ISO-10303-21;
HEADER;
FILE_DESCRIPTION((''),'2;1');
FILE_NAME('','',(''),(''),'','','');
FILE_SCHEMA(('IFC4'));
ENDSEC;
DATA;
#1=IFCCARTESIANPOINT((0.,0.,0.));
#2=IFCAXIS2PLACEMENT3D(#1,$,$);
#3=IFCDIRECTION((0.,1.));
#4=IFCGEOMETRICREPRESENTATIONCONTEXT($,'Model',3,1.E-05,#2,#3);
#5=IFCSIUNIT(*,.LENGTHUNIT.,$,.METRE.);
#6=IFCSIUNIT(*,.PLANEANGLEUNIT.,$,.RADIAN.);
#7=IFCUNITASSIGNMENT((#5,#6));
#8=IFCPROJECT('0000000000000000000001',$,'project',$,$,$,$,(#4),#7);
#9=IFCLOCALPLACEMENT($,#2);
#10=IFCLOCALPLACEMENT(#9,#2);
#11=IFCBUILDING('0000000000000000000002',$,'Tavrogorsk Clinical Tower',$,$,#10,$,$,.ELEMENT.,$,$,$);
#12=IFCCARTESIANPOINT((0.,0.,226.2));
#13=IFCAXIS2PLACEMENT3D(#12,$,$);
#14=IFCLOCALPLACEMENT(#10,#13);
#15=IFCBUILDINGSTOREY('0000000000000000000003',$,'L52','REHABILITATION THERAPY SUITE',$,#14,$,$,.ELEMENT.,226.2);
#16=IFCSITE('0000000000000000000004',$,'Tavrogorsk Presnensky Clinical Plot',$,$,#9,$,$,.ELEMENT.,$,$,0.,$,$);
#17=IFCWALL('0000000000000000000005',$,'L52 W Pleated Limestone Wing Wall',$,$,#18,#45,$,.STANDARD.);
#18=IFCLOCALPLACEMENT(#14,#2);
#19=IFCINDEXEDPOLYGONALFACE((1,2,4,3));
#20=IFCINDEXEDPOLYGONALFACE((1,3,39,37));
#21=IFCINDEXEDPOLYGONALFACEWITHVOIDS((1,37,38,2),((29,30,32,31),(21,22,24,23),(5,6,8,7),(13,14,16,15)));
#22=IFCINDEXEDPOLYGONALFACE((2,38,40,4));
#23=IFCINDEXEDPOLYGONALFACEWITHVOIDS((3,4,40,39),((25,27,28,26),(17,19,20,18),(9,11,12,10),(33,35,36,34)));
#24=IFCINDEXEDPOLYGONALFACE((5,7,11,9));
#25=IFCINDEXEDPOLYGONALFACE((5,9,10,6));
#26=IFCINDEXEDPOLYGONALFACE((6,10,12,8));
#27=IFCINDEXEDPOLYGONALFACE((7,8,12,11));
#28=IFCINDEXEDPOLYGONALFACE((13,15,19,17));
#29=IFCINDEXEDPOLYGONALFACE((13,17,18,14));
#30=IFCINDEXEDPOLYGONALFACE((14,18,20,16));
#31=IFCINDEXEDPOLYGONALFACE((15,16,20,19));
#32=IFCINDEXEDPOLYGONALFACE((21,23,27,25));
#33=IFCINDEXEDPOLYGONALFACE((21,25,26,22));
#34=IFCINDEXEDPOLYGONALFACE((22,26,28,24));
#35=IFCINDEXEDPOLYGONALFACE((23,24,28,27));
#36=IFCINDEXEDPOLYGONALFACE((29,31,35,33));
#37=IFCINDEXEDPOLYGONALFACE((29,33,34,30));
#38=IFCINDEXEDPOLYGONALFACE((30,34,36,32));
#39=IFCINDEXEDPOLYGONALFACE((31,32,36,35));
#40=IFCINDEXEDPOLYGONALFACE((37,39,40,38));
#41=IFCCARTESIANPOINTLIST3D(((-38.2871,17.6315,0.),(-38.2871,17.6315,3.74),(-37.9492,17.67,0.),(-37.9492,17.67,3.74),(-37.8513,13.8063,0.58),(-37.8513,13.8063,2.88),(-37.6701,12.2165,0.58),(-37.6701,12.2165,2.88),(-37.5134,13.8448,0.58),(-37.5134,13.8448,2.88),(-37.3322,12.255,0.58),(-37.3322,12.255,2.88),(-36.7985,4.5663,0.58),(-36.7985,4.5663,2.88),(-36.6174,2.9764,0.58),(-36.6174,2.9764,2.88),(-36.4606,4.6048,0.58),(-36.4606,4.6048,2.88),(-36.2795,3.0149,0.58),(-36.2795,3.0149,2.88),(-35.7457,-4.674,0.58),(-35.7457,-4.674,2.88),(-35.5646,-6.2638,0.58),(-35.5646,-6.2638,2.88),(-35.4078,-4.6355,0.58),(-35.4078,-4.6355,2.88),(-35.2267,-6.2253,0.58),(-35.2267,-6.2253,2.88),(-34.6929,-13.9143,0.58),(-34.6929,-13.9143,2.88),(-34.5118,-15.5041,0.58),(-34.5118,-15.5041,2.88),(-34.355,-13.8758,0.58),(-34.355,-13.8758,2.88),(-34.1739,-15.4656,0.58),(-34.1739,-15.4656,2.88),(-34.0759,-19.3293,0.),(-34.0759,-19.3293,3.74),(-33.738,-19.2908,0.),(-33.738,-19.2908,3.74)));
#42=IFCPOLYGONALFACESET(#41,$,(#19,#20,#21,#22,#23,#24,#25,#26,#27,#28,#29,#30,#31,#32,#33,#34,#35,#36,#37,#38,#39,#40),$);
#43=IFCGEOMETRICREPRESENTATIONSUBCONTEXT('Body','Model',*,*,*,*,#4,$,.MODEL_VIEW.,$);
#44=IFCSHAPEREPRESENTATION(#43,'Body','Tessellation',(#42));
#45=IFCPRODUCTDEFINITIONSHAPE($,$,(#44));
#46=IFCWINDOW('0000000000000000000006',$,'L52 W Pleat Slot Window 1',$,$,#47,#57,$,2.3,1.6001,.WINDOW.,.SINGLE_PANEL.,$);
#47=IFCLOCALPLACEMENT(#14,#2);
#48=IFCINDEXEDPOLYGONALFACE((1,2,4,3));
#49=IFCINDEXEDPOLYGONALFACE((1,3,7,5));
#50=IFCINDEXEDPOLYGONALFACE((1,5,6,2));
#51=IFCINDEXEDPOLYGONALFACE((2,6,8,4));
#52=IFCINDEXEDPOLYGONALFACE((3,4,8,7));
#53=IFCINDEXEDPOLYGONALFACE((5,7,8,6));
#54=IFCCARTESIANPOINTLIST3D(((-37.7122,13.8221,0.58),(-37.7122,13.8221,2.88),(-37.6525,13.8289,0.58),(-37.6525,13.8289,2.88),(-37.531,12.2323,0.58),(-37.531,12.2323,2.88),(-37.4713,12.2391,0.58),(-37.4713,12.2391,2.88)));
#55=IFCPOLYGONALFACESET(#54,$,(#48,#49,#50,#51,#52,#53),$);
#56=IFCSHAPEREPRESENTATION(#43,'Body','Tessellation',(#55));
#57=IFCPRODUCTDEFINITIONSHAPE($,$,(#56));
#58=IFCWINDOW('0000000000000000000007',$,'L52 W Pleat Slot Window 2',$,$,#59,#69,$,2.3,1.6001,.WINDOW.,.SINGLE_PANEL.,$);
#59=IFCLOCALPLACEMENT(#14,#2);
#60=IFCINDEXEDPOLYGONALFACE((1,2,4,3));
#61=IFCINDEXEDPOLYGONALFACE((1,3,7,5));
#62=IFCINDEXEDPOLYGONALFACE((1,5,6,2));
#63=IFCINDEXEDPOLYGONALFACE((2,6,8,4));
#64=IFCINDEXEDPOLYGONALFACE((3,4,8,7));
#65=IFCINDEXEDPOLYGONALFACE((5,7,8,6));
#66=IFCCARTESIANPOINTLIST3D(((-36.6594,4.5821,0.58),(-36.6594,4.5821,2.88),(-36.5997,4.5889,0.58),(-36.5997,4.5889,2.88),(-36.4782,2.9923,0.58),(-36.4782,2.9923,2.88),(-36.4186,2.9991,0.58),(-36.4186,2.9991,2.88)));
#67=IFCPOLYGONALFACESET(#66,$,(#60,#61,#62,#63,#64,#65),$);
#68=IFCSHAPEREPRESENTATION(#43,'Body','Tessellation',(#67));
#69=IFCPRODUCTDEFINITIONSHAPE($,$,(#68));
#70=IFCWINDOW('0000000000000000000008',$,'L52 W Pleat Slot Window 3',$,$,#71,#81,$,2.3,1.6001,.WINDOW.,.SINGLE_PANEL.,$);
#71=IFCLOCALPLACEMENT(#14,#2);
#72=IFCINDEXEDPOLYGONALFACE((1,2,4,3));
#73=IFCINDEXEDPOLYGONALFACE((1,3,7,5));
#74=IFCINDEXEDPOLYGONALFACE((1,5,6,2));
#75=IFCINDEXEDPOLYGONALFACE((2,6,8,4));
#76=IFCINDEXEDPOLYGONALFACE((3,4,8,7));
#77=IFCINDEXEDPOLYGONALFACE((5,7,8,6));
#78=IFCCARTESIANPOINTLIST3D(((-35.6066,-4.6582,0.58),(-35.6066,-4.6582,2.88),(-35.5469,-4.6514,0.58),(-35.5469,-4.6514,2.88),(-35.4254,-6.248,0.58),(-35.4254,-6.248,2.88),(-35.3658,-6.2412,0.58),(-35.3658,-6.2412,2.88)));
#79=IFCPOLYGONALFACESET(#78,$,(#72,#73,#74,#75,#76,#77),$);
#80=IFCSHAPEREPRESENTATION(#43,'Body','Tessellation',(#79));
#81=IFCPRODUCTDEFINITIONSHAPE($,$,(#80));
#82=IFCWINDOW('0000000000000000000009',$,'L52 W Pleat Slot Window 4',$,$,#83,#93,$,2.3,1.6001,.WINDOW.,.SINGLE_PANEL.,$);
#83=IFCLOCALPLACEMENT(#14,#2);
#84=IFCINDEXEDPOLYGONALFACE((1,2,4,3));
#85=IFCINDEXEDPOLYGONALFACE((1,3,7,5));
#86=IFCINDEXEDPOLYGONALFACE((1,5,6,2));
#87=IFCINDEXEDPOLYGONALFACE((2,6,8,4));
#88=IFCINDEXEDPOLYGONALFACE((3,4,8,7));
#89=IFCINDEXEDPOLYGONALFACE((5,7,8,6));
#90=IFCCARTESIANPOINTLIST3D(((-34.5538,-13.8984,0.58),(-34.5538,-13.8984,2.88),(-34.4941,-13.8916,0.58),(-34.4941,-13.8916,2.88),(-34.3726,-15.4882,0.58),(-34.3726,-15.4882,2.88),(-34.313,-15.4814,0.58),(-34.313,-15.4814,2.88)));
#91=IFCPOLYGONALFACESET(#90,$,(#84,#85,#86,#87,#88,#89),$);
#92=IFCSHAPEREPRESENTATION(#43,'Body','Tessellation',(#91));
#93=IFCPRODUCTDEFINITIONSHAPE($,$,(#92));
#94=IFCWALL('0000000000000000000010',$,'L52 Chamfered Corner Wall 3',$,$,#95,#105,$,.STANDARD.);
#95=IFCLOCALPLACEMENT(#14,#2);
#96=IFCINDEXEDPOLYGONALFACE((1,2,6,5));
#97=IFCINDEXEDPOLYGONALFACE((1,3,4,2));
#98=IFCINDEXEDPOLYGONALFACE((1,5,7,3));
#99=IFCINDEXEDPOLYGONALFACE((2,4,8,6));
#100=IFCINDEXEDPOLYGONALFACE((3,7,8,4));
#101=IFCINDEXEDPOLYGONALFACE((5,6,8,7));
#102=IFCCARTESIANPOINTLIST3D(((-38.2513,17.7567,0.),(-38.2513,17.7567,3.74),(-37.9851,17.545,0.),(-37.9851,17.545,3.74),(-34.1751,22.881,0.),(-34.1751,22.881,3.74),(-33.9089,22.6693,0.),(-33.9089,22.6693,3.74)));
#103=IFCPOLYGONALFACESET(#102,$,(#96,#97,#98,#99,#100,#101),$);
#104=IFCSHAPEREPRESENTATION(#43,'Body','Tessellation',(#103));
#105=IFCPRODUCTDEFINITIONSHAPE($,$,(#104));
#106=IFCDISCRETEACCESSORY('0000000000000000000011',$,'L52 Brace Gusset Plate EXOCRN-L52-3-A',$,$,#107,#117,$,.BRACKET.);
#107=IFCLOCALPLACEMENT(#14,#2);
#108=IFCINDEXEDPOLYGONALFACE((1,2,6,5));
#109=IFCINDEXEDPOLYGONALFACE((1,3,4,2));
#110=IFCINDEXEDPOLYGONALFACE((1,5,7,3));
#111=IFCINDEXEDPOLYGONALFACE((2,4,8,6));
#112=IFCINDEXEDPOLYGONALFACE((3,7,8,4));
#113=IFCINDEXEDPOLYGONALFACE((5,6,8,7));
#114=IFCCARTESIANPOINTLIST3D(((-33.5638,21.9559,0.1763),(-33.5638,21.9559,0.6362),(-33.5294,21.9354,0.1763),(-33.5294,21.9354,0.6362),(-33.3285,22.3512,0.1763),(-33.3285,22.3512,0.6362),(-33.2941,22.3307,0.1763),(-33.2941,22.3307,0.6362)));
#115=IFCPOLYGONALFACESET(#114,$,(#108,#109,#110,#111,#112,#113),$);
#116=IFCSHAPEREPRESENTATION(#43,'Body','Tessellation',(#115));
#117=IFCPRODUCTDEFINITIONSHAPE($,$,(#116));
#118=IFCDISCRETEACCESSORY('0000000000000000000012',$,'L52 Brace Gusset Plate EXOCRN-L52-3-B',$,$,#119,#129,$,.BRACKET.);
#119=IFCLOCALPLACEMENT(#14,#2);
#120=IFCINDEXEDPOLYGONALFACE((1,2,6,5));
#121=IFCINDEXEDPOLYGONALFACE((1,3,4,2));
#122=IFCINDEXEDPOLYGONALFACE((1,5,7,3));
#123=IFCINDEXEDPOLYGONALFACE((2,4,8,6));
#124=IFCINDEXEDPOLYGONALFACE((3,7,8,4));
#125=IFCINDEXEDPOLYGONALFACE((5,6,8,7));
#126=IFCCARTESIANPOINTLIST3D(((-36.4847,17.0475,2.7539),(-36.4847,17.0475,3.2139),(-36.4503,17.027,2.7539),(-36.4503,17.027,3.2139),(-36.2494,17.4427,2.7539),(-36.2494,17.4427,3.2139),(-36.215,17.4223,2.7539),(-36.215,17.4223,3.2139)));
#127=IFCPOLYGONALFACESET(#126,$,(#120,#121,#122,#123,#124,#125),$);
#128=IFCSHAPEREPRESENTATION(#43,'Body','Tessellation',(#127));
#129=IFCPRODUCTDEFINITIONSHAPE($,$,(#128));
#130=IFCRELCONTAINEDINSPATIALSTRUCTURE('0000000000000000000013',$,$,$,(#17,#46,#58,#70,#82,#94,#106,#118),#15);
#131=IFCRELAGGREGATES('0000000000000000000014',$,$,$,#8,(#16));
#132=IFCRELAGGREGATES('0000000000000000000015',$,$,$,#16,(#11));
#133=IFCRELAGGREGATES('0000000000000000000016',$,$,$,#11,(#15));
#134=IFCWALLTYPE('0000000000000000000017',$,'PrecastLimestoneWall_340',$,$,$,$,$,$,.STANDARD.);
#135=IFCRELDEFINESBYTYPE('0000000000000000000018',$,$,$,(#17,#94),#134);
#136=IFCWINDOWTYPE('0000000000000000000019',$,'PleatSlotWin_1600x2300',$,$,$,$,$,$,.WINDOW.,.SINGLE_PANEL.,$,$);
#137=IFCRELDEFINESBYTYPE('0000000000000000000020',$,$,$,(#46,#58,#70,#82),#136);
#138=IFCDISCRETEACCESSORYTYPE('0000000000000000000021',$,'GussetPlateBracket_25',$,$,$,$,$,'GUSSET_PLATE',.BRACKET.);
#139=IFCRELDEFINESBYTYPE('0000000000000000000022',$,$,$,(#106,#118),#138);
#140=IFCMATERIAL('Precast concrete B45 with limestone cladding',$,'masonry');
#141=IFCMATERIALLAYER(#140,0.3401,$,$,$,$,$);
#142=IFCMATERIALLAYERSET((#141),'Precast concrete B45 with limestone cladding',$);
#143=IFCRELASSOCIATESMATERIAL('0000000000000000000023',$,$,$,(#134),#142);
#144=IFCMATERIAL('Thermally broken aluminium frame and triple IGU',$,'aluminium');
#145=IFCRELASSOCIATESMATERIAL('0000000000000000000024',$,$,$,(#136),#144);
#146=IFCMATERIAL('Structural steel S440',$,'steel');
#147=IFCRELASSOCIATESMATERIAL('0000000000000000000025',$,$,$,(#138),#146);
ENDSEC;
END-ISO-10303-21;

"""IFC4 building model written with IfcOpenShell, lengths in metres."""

from ifc_helpers import new_model, si_unit, direction, frame, frame_2d, origin, origin_2d, place, context, subcontext, project, spatial, rectangle, extrude, material, layer, layer_set, type_object, element, fill, save


model = new_model("IFC4")

# Units and contexts
model_context = context("Model", 3, precision=1e-05, world=origin(), true_north=direction((0.0, 1.0)))
body_context = subcontext(model_context, "Body", "Model", "MODEL_VIEW")
ifc_project = project(units=[si_unit("LENGTHUNIT", "METRE"), si_unit("PLANEANGLEUNIT", "RADIAN")], contexts=[model_context])

# Site, building, storey
site_placement = place(None, origin())
site = spatial("IfcSite", under=ifc_project, at=site_placement, Name="Tavrogorsk Presnensky Clinical Plot", CompositionType="ELEMENT", RefElevation=0.0)
building_placement = place(site_placement, origin())
building = spatial("IfcBuilding", under=site, at=building_placement, Name="Tavrogorsk Clinical Tower", CompositionType="ELEMENT")
storey_placement = place(building_placement, frame((0.0, 0.0, 226.2)))
storey = spatial("IfcBuildingStorey", under=building, at=storey_placement, Name="L52", Description="REHABILITATION THERAPY SUITE", CompositionType="ELEMENT", Elevation=226.2)

# Wall, openings, windows
ifc_material_1 = material(Name="Precast concrete B45 with limestone cladding", Category="masonry")
ifc_layer_1 = layer(ifc_material_1, 0.3401)
ifc_layer_set_1 = layer_set([ifc_layer_1], Name="Precast concrete B45 with limestone cladding")
wall_type_1 = type_object("IfcWallType", Name="PrecastLimestoneWall_340", PredefinedType="STANDARD", material=ifc_layer_set_1)
wall_1_placement = place(storey_placement, frame((-38.1182, 17.6509, 0.0), z_axis=(0.0, 0.0, 1.0), x_axis=(0.113204, -0.993572, 0.0)))
wall_1 = element("IfcWall", 1, at=wall_1_placement, inside=storey, type_object=wall_type_1, Name="L52 W Pleated Limestone Wing Wall", PredefinedType="STANDARD", context=body_context, shape_type="SweptSolid", body=[
    extrude(rectangle(XDim=37.2, YDim=0.3401, at=frame_2d((18.6001, 0.0))), origin(), (0.0, 0.0, 1.0), 3.74),
])
opening_1_placement = place(wall_1_placement, frame((3.8501, 0.0, 0.5801)))
opening_1 = element("IfcOpeningElement", 2, at=opening_1_placement, cuts=wall_1, PredefinedType="OPENING", context=body_context, shape_type="SweptSolid", body=[
    extrude(rectangle(XDim=1.6001, YDim=2.3, at=frame_2d((0.8, 1.1499))), frame((0.0, 0.1799, 0.0), z_axis=(0.0, -1.0, 0.0), x_axis=(1.0, 0.0, 0.0)), (0.0, 0.0, 1.0), 0.3601),
])
opening_2_placement = place(wall_1_placement, frame((13.1499, 0.0, 0.5801)))
opening_2 = element("IfcOpeningElement", 3, at=opening_2_placement, cuts=wall_1, PredefinedType="OPENING", context=body_context, shape_type="SweptSolid", body=[
    extrude(rectangle(XDim=1.6001, YDim=2.3, at=frame_2d((0.8, 1.1499))), frame((0.0, 0.1799, 0.0), z_axis=(0.0, -1.0, 0.0), x_axis=(1.0, 0.0, 0.0)), (0.0, 0.0, 1.0), 0.3601),
])
opening_3_placement = place(wall_1_placement, frame((22.45, 0.0, 0.5801)))
opening_3 = element("IfcOpeningElement", 4, at=opening_3_placement, cuts=wall_1, PredefinedType="OPENING", context=body_context, shape_type="SweptSolid", body=[
    extrude(rectangle(XDim=1.6001, YDim=2.3, at=frame_2d((0.8, 1.1499))), frame((0.0, 0.1799, 0.0), z_axis=(0.0, -1.0, 0.0), x_axis=(1.0, 0.0, 0.0)), (0.0, 0.0, 1.0), 0.3601),
])
opening_4_placement = place(wall_1_placement, frame((31.75, 0.0, 0.5801)))
opening_4 = element("IfcOpeningElement", 5, at=opening_4_placement, cuts=wall_1, PredefinedType="OPENING", context=body_context, shape_type="SweptSolid", body=[
    extrude(rectangle(XDim=1.6001, YDim=2.3, at=frame_2d((0.8, 1.1499))), frame((0.0, 0.1799, 0.0), z_axis=(0.0, -1.0, 0.0), x_axis=(1.0, 0.0, 0.0)), (0.0, 0.0, 1.0), 0.3601),
])
ifc_material_2 = material(Name="Thermally broken aluminium frame and triple IGU", Category="aluminium")
window_type = type_object("IfcWindowType", Name="PleatSlotWin_1600x2300", PartitioningType="SINGLE_PANEL", PredefinedType="WINDOW", material=ifc_material_2)
window_1_placement = place(opening_1_placement, origin())
window_1 = element("IfcWindow", 6, at=window_1_placement, inside=storey, type_object=window_type, Name="L52 W Pleat Slot Window 1", OverallHeight=2.3, OverallWidth=1.6001, PartitioningType="SINGLE_PANEL", PredefinedType="WINDOW", context=body_context, shape_type="SweptSolid", body=[
    extrude(rectangle(XDim=1.6001, YDim=2.3, at=frame_2d((0.8, 1.1499))), frame((0.0, 0.03, 0.0), z_axis=(0.0, -1.0, 0.0), x_axis=(1.0, 0.0, 0.0)), (0.0, 0.0, 1.0), 0.0601),
])
fill(opening_1, window_1)
window_2_placement = place(opening_2_placement, origin())
window_2 = element("IfcWindow", 7, at=window_2_placement, inside=storey, type_object=window_type, Name="L52 W Pleat Slot Window 2", OverallHeight=2.3, OverallWidth=1.6001, PartitioningType="SINGLE_PANEL", PredefinedType="WINDOW", context=body_context, shape_type="SweptSolid", body=[
    extrude(rectangle(XDim=1.6001, YDim=2.3, at=frame_2d((0.8, 1.1499))), frame((0.0, 0.03, 0.0), z_axis=(0.0, -1.0, 0.0), x_axis=(1.0, 0.0, 0.0)), (0.0, 0.0, 1.0), 0.0601),
])
fill(opening_2, window_2)
window_3_placement = place(opening_3_placement, origin())
window_3 = element("IfcWindow", 8, at=window_3_placement, inside=storey, type_object=window_type, Name="L52 W Pleat Slot Window 3", OverallHeight=2.3, OverallWidth=1.6001, PartitioningType="SINGLE_PANEL", PredefinedType="WINDOW", context=body_context, shape_type="SweptSolid", body=[
    extrude(rectangle(XDim=1.6001, YDim=2.3, at=frame_2d((0.8, 1.1499))), frame((0.0, 0.03, 0.0), z_axis=(0.0, -1.0, 0.0), x_axis=(1.0, 0.0, 0.0)), (0.0, 0.0, 1.0), 0.0601),
])
fill(opening_3, window_3)
window_4_placement = place(opening_4_placement, origin())
window_4 = element("IfcWindow", 9, at=window_4_placement, inside=storey, type_object=window_type, Name="L52 W Pleat Slot Window 4", OverallHeight=2.3, OverallWidth=1.6001, PartitioningType="SINGLE_PANEL", PredefinedType="WINDOW", context=body_context, shape_type="SweptSolid", body=[
    extrude(rectangle(XDim=1.6001, YDim=2.3, at=frame_2d((0.8, 1.1499))), frame((0.0, 0.03, 0.0), z_axis=(0.0, -1.0, 0.0), x_axis=(1.0, 0.0, 0.0)), (0.0, 0.0, 1.0), 0.0601),
])
fill(opening_4, window_4)

# Wall
wall_2_placement = place(storey_placement, frame((-34.042, 22.7751, 0.0), z_axis=(0.0, 0.0, 1.0), x_axis=(-0.622528, -0.782597, 0.0)))
element("IfcWall", 10, at=wall_2_placement, inside=storey, type_object=wall_type_1, Name="L52 Chamfered Corner Wall 3", PredefinedType="STANDARD", context=body_context, shape_type="SweptSolid", body=[
    extrude(rectangle(XDim=6.5479, YDim=0.3401, at=frame_2d((3.2739, 0.0))), origin(), (0.0, 0.0, 1.0), 3.74),
])

# Discrete accessories
ifc_material_3 = material(Name="Structural steel S440", Category="steel")
discrete_accessory_type = type_object("IfcDiscreteAccessoryType", Name="GussetPlateBracket_25", ElementType="GUSSET_PLATE", PredefinedType="BRACKET", material=ifc_material_3)
for number, where, z_axis, x_axis, name in (
    (11, (-33.429, 22.1433, 0.1763), (0.0, 0.0, 1.0), (-0.511443, -0.859317, 0.0), "L52 Brace Gusset Plate EXOCRN-L52-3-A"),
    (12, (-36.3499, 17.2349, 2.7539), (0.0, 0.0, 1.0), (-0.511443, -0.859317, 0.0), "L52 Brace Gusset Plate EXOCRN-L52-3-B"),
):
    element("IfcDiscreteAccessory", number, at=place(storey_placement, frame(where, z_axis=z_axis, x_axis=x_axis)), inside=storey, type_object=discrete_accessory_type, Name=name, PredefinedType="BRACKET", context=body_context, shape_type="SweptSolid", body=[
        extrude(rectangle(XDim=0.46, YDim=0.04, at=origin_2d()), origin(), (0.0, 0.0, 1.0), 0.46),
    ])

save(model, "model.ifc")
